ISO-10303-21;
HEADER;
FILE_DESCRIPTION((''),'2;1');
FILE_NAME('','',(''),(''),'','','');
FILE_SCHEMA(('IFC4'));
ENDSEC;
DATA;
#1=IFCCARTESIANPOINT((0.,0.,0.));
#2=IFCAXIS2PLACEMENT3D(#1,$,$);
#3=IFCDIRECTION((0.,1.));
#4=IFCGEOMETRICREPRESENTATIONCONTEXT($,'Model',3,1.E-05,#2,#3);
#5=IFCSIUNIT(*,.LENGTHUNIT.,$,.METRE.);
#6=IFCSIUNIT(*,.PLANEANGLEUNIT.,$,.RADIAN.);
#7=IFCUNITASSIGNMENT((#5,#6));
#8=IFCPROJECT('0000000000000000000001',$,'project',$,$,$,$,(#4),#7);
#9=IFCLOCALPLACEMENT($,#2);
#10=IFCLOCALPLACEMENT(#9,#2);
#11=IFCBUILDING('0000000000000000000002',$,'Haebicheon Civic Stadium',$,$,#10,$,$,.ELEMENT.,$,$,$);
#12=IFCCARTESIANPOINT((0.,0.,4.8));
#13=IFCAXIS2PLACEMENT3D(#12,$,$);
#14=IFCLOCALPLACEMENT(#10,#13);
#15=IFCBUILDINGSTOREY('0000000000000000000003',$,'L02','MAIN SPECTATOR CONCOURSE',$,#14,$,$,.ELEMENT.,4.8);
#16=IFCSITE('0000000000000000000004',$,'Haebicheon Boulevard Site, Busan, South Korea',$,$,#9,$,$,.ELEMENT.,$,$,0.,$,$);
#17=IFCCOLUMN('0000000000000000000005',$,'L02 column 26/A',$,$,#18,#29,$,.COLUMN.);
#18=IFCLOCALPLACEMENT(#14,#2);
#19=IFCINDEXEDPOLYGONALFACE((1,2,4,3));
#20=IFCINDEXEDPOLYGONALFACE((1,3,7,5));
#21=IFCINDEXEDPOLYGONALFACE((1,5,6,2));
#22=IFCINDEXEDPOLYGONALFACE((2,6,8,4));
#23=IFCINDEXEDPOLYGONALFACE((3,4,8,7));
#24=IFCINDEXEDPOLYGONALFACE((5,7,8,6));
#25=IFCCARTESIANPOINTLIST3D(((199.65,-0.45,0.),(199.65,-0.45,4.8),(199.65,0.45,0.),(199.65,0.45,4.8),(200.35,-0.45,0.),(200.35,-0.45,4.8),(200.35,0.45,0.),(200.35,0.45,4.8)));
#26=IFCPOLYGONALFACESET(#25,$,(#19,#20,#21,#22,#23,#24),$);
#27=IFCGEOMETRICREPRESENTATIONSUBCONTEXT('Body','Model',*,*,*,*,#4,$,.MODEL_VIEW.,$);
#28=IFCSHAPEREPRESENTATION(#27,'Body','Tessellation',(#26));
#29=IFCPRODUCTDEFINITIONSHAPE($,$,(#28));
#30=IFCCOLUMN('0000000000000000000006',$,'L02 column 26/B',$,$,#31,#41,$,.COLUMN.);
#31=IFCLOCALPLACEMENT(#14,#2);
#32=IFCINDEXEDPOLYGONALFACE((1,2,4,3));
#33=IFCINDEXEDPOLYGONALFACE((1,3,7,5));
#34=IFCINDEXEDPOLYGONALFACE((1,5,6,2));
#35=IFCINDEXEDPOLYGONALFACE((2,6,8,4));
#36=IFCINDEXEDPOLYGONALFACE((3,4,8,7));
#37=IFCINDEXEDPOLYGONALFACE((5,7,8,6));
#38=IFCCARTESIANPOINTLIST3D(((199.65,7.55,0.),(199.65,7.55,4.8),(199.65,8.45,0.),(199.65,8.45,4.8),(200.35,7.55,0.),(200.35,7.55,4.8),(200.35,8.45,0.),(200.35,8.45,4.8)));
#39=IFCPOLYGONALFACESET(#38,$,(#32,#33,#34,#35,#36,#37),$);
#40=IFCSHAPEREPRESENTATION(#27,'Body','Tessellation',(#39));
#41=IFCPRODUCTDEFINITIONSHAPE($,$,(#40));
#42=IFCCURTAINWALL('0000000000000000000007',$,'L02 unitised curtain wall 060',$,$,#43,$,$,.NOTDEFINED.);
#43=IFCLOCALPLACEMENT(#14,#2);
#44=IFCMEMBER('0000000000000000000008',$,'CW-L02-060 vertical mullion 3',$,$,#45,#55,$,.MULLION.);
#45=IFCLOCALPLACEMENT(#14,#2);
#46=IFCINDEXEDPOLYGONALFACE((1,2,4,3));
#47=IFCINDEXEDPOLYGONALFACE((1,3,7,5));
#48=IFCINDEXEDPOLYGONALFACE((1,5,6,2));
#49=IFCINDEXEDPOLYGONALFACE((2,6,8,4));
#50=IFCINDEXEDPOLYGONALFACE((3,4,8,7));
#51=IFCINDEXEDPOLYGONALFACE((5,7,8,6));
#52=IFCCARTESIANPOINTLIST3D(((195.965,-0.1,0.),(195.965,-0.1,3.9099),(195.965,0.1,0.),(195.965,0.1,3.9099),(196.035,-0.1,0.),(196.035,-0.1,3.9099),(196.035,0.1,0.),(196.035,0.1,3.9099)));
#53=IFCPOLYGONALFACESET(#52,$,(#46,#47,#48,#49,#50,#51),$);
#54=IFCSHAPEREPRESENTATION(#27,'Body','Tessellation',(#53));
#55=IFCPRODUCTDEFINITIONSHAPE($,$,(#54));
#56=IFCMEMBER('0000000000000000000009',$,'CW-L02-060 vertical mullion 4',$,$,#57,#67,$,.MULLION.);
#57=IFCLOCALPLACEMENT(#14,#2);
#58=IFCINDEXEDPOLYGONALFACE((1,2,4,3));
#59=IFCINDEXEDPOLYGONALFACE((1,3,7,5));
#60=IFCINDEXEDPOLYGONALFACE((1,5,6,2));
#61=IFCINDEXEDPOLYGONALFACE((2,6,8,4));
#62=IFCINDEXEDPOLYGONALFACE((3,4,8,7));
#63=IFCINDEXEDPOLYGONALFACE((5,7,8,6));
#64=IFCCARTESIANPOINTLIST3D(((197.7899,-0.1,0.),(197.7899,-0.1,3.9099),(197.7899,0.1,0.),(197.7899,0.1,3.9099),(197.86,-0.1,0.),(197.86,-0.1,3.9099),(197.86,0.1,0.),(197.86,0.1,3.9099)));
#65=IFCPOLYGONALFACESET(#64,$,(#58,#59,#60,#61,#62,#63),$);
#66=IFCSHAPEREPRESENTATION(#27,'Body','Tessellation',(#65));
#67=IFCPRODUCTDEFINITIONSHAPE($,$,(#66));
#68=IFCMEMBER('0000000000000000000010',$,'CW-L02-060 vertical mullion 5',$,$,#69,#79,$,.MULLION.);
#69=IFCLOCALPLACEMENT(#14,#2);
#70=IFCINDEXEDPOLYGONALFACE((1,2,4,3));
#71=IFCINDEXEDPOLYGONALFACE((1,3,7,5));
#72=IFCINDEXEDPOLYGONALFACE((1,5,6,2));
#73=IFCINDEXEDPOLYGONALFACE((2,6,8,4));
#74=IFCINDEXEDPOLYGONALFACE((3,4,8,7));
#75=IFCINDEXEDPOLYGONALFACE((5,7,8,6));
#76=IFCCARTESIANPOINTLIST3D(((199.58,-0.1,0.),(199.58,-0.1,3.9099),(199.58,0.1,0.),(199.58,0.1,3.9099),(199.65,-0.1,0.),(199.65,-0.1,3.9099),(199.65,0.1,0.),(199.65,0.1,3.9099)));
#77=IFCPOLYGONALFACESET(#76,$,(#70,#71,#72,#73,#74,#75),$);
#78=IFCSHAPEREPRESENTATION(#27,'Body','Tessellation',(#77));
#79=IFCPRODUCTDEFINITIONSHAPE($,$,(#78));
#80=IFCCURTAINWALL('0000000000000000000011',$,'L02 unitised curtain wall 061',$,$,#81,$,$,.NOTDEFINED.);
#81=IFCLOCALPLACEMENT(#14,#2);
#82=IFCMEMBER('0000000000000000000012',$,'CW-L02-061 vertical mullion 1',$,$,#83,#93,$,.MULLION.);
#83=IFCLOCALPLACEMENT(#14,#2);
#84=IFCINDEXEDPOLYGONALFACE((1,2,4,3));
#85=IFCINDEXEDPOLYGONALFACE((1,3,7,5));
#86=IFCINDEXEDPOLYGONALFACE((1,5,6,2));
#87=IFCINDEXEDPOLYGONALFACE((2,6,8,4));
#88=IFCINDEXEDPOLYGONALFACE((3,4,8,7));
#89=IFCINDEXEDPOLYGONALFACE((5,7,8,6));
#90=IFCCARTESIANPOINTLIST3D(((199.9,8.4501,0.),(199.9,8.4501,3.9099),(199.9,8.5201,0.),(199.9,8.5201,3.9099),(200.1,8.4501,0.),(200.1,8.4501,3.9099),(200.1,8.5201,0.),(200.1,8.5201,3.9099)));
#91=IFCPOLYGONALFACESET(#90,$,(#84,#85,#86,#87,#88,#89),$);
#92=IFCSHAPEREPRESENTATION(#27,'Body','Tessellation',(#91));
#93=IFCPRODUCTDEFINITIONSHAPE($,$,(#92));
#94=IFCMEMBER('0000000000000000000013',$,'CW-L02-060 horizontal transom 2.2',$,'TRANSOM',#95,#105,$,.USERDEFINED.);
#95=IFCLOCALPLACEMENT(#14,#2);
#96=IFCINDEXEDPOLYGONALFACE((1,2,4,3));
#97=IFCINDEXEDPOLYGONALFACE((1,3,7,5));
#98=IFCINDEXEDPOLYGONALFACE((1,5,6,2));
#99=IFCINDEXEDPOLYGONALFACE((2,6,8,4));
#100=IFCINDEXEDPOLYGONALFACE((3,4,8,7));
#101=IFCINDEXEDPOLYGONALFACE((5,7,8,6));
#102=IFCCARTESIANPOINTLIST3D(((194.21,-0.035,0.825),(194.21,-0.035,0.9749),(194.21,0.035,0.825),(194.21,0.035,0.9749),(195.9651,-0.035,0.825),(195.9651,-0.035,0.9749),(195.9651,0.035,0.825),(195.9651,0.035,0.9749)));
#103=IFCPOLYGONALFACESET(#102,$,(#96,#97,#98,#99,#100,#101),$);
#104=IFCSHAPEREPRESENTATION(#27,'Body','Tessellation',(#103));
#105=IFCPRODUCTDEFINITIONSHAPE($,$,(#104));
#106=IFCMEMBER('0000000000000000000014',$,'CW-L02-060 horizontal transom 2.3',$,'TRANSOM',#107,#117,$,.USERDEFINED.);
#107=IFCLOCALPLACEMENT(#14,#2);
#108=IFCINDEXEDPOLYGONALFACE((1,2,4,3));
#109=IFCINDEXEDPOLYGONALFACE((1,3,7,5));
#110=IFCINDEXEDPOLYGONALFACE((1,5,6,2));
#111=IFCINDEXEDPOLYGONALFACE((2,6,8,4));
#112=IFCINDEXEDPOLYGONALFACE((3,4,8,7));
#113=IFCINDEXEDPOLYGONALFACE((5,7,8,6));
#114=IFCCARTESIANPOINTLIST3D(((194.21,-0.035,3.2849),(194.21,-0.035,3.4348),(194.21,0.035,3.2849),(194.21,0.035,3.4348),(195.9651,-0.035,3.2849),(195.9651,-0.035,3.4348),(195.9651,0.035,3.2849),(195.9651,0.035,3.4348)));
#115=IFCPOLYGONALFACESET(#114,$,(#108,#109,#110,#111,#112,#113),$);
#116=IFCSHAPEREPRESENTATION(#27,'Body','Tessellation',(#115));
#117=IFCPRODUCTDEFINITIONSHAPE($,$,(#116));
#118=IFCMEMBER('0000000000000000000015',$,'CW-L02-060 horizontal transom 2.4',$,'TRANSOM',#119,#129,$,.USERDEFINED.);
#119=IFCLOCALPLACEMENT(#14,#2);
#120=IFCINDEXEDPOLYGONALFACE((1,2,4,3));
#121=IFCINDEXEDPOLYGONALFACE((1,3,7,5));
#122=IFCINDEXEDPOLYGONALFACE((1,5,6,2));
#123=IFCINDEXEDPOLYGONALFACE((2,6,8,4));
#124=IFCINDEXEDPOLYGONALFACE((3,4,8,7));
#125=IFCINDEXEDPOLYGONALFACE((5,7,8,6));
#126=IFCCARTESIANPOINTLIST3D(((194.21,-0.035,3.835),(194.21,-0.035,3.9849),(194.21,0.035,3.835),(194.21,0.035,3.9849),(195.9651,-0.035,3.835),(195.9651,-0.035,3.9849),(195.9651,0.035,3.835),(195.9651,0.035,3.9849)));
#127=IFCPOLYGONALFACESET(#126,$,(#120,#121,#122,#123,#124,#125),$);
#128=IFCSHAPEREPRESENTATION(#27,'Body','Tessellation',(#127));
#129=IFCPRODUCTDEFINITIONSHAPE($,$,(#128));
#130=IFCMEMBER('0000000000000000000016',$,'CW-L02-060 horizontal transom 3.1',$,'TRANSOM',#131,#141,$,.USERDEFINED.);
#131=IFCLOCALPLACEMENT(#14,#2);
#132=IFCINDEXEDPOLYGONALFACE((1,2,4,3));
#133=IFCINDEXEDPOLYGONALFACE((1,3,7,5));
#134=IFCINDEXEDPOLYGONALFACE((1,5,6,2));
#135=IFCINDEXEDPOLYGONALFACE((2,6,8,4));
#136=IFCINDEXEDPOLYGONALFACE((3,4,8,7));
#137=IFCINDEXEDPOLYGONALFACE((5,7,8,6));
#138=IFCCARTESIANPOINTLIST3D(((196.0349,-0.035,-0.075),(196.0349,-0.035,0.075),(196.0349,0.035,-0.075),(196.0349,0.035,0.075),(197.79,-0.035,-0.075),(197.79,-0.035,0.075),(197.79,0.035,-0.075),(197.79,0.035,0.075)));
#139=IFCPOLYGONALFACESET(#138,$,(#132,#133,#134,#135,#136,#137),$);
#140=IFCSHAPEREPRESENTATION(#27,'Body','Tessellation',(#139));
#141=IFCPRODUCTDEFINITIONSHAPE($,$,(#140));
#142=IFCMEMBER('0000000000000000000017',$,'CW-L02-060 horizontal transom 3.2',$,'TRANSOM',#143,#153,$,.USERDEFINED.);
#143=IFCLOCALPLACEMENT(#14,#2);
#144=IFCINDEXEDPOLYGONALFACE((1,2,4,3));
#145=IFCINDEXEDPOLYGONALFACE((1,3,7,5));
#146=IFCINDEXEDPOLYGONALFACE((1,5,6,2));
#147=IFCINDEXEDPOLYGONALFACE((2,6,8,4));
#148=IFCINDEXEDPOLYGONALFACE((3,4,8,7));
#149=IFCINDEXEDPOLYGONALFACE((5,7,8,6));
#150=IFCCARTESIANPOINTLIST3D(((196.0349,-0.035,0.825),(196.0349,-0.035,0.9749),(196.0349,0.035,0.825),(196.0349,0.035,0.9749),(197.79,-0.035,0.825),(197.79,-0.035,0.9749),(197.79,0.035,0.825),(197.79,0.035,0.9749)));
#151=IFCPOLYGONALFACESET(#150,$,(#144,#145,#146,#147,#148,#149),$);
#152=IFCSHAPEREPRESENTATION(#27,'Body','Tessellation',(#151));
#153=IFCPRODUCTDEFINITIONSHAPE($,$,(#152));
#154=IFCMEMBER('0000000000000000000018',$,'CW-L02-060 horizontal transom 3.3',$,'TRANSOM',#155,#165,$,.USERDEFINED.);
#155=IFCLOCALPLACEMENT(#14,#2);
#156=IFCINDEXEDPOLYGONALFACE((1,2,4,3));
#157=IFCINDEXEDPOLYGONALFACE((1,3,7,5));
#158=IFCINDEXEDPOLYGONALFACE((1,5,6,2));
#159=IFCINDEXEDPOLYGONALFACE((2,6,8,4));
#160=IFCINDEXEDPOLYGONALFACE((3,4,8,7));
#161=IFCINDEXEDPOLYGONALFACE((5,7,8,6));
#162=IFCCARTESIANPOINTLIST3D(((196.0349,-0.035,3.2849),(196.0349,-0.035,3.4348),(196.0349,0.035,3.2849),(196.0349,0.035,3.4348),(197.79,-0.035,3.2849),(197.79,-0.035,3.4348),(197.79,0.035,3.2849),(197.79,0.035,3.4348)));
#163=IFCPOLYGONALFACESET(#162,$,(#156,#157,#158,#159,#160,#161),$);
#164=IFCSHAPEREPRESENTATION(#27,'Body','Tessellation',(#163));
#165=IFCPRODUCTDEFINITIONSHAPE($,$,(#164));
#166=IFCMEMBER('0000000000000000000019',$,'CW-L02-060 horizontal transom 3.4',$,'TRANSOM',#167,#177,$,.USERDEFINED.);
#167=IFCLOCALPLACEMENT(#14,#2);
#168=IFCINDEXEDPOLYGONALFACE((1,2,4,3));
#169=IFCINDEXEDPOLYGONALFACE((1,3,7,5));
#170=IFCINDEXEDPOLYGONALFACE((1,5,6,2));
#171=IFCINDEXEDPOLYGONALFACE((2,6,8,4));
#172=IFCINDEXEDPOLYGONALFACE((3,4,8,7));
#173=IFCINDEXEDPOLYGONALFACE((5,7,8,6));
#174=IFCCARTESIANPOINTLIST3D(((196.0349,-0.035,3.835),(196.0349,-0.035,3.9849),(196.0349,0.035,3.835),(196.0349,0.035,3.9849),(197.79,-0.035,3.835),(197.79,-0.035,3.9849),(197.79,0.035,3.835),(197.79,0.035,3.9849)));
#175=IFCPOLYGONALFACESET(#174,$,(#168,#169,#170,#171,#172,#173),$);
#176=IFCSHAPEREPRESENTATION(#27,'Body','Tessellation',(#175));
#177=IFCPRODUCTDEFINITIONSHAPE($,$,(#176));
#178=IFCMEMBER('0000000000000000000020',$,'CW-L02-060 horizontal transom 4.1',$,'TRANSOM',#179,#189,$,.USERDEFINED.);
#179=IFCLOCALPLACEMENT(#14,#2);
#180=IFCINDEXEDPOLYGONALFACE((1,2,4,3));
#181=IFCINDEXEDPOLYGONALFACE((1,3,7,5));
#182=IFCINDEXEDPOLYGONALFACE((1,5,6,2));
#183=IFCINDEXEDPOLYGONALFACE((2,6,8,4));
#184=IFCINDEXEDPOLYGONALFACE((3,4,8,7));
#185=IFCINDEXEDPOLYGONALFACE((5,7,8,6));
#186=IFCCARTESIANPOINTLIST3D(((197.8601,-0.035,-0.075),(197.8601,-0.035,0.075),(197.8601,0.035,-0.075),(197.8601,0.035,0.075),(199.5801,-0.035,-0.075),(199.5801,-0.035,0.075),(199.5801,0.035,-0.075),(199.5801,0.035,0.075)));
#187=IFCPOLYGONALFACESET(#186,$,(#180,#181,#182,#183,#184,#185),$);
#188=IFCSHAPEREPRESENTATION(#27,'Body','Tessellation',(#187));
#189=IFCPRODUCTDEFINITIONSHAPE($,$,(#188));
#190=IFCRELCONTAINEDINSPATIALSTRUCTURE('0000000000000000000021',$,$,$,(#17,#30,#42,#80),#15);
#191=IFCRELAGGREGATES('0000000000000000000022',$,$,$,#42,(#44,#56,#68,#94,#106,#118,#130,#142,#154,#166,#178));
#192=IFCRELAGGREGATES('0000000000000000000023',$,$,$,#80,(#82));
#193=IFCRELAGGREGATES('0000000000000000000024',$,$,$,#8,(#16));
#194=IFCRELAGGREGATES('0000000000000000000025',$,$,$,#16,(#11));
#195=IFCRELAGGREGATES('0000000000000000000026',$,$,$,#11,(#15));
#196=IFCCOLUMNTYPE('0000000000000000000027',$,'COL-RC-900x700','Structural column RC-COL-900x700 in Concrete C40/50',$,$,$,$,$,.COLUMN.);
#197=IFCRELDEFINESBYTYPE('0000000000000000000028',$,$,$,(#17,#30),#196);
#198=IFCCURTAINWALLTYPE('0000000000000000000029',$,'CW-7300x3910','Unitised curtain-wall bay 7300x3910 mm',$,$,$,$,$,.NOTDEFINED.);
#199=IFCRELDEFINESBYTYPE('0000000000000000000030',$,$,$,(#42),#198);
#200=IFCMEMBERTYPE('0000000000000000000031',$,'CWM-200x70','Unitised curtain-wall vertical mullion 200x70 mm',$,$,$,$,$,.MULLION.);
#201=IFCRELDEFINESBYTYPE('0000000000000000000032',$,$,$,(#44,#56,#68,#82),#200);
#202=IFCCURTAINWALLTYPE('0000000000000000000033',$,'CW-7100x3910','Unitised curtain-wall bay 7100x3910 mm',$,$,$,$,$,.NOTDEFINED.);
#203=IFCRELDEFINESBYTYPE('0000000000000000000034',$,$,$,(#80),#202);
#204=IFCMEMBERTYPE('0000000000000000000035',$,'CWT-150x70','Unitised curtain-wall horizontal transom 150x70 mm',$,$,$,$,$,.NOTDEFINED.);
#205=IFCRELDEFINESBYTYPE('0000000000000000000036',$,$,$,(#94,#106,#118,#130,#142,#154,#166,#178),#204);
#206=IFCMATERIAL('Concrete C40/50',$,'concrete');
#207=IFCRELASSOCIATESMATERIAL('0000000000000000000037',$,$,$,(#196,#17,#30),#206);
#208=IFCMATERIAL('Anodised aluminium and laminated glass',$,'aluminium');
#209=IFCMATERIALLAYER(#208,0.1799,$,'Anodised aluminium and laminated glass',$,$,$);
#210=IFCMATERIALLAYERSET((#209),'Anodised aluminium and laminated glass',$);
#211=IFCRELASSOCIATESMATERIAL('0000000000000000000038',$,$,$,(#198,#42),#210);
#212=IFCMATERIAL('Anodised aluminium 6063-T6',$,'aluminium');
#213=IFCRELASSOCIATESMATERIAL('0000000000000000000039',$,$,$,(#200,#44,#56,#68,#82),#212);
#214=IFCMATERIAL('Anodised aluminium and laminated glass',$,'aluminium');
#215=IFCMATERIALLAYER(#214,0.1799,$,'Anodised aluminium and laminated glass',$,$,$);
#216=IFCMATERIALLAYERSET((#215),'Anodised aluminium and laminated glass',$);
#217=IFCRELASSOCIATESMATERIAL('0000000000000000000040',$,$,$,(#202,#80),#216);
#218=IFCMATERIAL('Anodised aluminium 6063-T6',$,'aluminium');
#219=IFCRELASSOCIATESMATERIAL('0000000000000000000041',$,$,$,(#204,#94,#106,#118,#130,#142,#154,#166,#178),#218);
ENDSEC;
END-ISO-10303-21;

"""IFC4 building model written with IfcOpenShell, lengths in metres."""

from ifc_helpers import new_model, si_unit, direction, frame, origin, origin_2d, place, context, subcontext, project, spatial, rectangle, extrude, material, layer, layer_set, material_profile, profile_set, type_object, element, aggregate, save


model = new_model("IFC4")

# Units and contexts
model_context = context("Model", 3, precision=1e-05, world=origin(), true_north=direction((0.0, 1.0)))
body_context = subcontext(model_context, "Body", "Model", "MODEL_VIEW")
ifc_project = project(units=[si_unit("LENGTHUNIT", "METRE"), si_unit("PLANEANGLEUNIT", "RADIAN")], contexts=[model_context])

# Site, building, storey
site_placement = place(None, origin())
site = spatial("IfcSite", under=ifc_project, at=site_placement, Name="Haebicheon Boulevard Site, Busan, South Korea", CompositionType="ELEMENT", RefElevation=0.0)
building_placement = place(site_placement, origin())
building = spatial("IfcBuilding", under=site, at=building_placement, Name="Haebicheon Civic Stadium", CompositionType="ELEMENT")
storey_placement = place(building_placement, frame((0.0, 0.0, 4.8)))
storey = spatial("IfcBuildingStorey", under=building, at=storey_placement, Name="L02", Description="MAIN SPECTATOR CONCOURSE", CompositionType="ELEMENT", Elevation=4.8)

# Columns
ifc_material_1 = material(Name="Concrete C40/50", Category="concrete")
ifc_material_profile_1 = material_profile(ifc_material_1, rectangle(XDim=0.7, YDim=0.8999, at=origin_2d()), Name="RC-COL-900x700")
ifc_profile_set_1 = profile_set([ifc_material_profile_1], Name="Concrete C40/50")
column_type = type_object("IfcColumnType", Name="COL-RC-900x700", Description="Structural column RC-COL-900x700 in Concrete C40/50", PredefinedType="COLUMN", material=ifc_profile_set_1)
for number, where, z_axis, x_axis, name in (
    (1, (200.0, 0.0, 0.0), (0.0, 0.0, 1.0), (1.0, 0.0, 0.0), "L02 column 26/A"),
    (2, (200.0, 8.0, 0.0), (0.0, 0.0, 1.0), (1.0, 0.0, 0.0), "L02 column 26/B"),
):
    element("IfcColumn", number, at=place(storey_placement, frame(where, z_axis=z_axis, x_axis=x_axis)), inside=storey, type_object=column_type, material=ifc_profile_set_1, Name=name, PredefinedType="COLUMN", context=body_context, shape_type="SweptSolid", body=[
        extrude(rectangle(XDim=0.7, YDim=0.8999, at=origin_2d()), origin(), (0.0, 0.0, 1.0), 4.8),
    ])

# Curtain wall, members
ifc_material_2 = material(Name="Anodised aluminium and laminated glass", Category="aluminium")
ifc_layer_1 = layer(ifc_material_2, 0.1799, Name="Anodised aluminium and laminated glass")
ifc_layer_set_1 = layer_set([ifc_layer_1], Name="Anodised aluminium and laminated glass")
curtain_wall_type_1 = type_object("IfcCurtainWallType", Name="CW-7300x3910", Description="Unitised curtain-wall bay 7300x3910 mm", PredefinedType="NOTDEFINED", material=ifc_layer_set_1)
curtain_wall_1_placement = place(storey_placement, origin())
curtain_wall_1 = element("IfcCurtainWall", 3, at=curtain_wall_1_placement, inside=storey, type_object=curtain_wall_type_1, material=ifc_layer_set_1, Name="L02 unitised curtain wall 060", PredefinedType="NOTDEFINED")
ifc_material_3 = material(Name="Anodised aluminium 6063-T6", Category="aluminium")
ifc_material_profile_2 = material_profile(ifc_material_3, rectangle(XDim=0.0701, YDim=0.2, at=origin_2d()), Name="ALU-MULL-70x200")
ifc_profile_set_2 = profile_set([ifc_material_profile_2], Name="Anodised aluminium 6063-T6")
member_type_1 = type_object("IfcMemberType", Name="CWM-200x70", Description="Unitised curtain-wall vertical mullion 200x70 mm", PredefinedType="MULLION", material=ifc_profile_set_2)
member_1_placement = place(storey_placement, frame((196.0, 0.0, 0.0), z_axis=(0.0, 0.0, 1.0), x_axis=(1.0, 0.0, 0.0)))
member_1 = element("IfcMember", 4, at=member_1_placement, type_object=member_type_1, material=ifc_profile_set_2, Name="CW-L02-060 vertical mullion 3", PredefinedType="MULLION", context=body_context, shape_type="SweptSolid", body=[
    extrude(rectangle(XDim=0.0701, YDim=0.2, at=origin_2d()), origin(), (0.0, 0.0, 1.0), 3.9099),
])
member_2_placement = place(storey_placement, frame((197.825, 0.0, 0.0), z_axis=(0.0, 0.0, 1.0), x_axis=(1.0, 0.0, 0.0)))
member_2 = element("IfcMember", 5, at=member_2_placement, type_object=member_type_1, material=ifc_profile_set_2, Name="CW-L02-060 vertical mullion 4", PredefinedType="MULLION", context=body_context, shape_type="SweptSolid", body=[
    extrude(rectangle(XDim=0.0701, YDim=0.2, at=origin_2d()), origin(), (0.0, 0.0, 1.0), 3.9099),
])
member_3_placement = place(storey_placement, frame((199.615, 0.0, 0.0), z_axis=(0.0, 0.0, 1.0), x_axis=(1.0, 0.0, 0.0)))
member_3 = element("IfcMember", 6, at=member_3_placement, type_object=member_type_1, material=ifc_profile_set_2, Name="CW-L02-060 vertical mullion 5", PredefinedType="MULLION", context=body_context, shape_type="SweptSolid", body=[
    extrude(rectangle(XDim=0.0701, YDim=0.2, at=origin_2d()), origin(), (0.0, 0.0, 1.0), 3.9099),
])

# Curtain wall, member
ifc_material_4 = material(Name="Anodised aluminium and laminated glass", Category="aluminium")
ifc_layer_2 = layer(ifc_material_4, 0.1799, Name="Anodised aluminium and laminated glass")
ifc_layer_set_2 = layer_set([ifc_layer_2], Name="Anodised aluminium and laminated glass")
curtain_wall_type_2 = type_object("IfcCurtainWallType", Name="CW-7100x3910", Description="Unitised curtain-wall bay 7100x3910 mm", PredefinedType="NOTDEFINED", material=ifc_layer_set_2)
curtain_wall_2_placement = place(storey_placement, origin())
curtain_wall_2 = element("IfcCurtainWall", 7, at=curtain_wall_2_placement, inside=storey, type_object=curtain_wall_type_2, material=ifc_layer_set_2, Name="L02 unitised curtain wall 061", PredefinedType="NOTDEFINED")
member_4_placement = place(storey_placement, frame((200.0, 8.4851, 0.0), z_axis=(0.0, 0.0, 1.0), x_axis=(0.0, 1.0, 0.0)))
member_4 = element("IfcMember", 8, at=member_4_placement, type_object=member_type_1, material=ifc_profile_set_2, Name="CW-L02-061 vertical mullion 1", PredefinedType="MULLION", context=body_context, shape_type="SweptSolid", body=[
    extrude(rectangle(XDim=0.0701, YDim=0.2, at=origin_2d()), origin(), (0.0, 0.0, 1.0), 3.9099),
])

# Members
ifc_material_5 = material(Name="Anodised aluminium 6063-T6", Category="aluminium")
ifc_material_profile_3 = material_profile(ifc_material_5, rectangle(XDim=0.0701, YDim=0.1499, at=origin_2d()), Name="ALU-TRAN-70x150")
ifc_profile_set_3 = profile_set([ifc_material_profile_3], Name="Anodised aluminium 6063-T6")
member_type_2 = type_object("IfcMemberType", Name="CWT-150x70", Description="Unitised curtain-wall horizontal transom 150x70 mm", PredefinedType="NOTDEFINED", material=ifc_profile_set_3)
member_5_placement = place(storey_placement, frame((194.21, 0.0, 0.8999), z_axis=(1.0, 0.0, 0.0), x_axis=(0.0, 1.0, 0.0)))
member_5 = element("IfcMember", 9, at=member_5_placement, type_object=member_type_2, material=ifc_profile_set_3, Name="CW-L02-060 horizontal transom 2.2", ObjectType="TRANSOM", PredefinedType="USERDEFINED", context=body_context, shape_type="SweptSolid", body=[
    extrude(rectangle(XDim=0.0701, YDim=0.1499, at=origin_2d()), origin(), (0.0, 0.0, 1.0), 1.7551),
])
member_6_placement = place(storey_placement, frame((194.21, 0.0, 3.3599), z_axis=(1.0, 0.0, 0.0), x_axis=(0.0, 1.0, 0.0)))
member_6 = element("IfcMember", 10, at=member_6_placement, type_object=member_type_2, material=ifc_profile_set_3, Name="CW-L02-060 horizontal transom 2.3", ObjectType="TRANSOM", PredefinedType="USERDEFINED", context=body_context, shape_type="SweptSolid", body=[
    extrude(rectangle(XDim=0.0701, YDim=0.1499, at=origin_2d()), origin(), (0.0, 0.0, 1.0), 1.7551),
])
member_7_placement = place(storey_placement, frame((194.21, 0.0, 3.9099), z_axis=(1.0, 0.0, 0.0), x_axis=(0.0, 1.0, 0.0)))
member_7 = element("IfcMember", 11, at=member_7_placement, type_object=member_type_2, material=ifc_profile_set_3, Name="CW-L02-060 horizontal transom 2.4", ObjectType="TRANSOM", PredefinedType="USERDEFINED", context=body_context, shape_type="SweptSolid", body=[
    extrude(rectangle(XDim=0.0701, YDim=0.1499, at=origin_2d()), origin(), (0.0, 0.0, 1.0), 1.7551),
])
member_8_placement = place(storey_placement, frame((196.0349, 0.0, 0.0), z_axis=(1.0, 0.0, 0.0), x_axis=(0.0, 1.0, 0.0)))
member_8 = element("IfcMember", 12, at=member_8_placement, type_object=member_type_2, material=ifc_profile_set_3, Name="CW-L02-060 horizontal transom 3.1", ObjectType="TRANSOM", PredefinedType="USERDEFINED", context=body_context, shape_type="SweptSolid", body=[
    extrude(rectangle(XDim=0.0701, YDim=0.1499, at=origin_2d()), origin(), (0.0, 0.0, 1.0), 1.7551),
])
member_9_placement = place(storey_placement, frame((196.0349, 0.0, 0.8999), z_axis=(1.0, 0.0, 0.0), x_axis=(0.0, 1.0, 0.0)))
member_9 = element("IfcMember", 13, at=member_9_placement, type_object=member_type_2, material=ifc_profile_set_3, Name="CW-L02-060 horizontal transom 3.2", ObjectType="TRANSOM", PredefinedType="USERDEFINED", context=body_context, shape_type="SweptSolid", body=[
    extrude(rectangle(XDim=0.0701, YDim=0.1499, at=origin_2d()), origin(), (0.0, 0.0, 1.0), 1.7551),
])
member_10_placement = place(storey_placement, frame((196.0349, 0.0, 3.3599), z_axis=(1.0, 0.0, 0.0), x_axis=(0.0, 1.0, 0.0)))
member_10 = element("IfcMember", 14, at=member_10_placement, type_object=member_type_2, material=ifc_profile_set_3, Name="CW-L02-060 horizontal transom 3.3", ObjectType="TRANSOM", PredefinedType="USERDEFINED", context=body_context, shape_type="SweptSolid", body=[
    extrude(rectangle(XDim=0.0701, YDim=0.1499, at=origin_2d()), origin(), (0.0, 0.0, 1.0), 1.7551),
])
member_11_placement = place(storey_placement, frame((196.0349, 0.0, 3.9099), z_axis=(1.0, 0.0, 0.0), x_axis=(0.0, 1.0, 0.0)))
member_11 = element("IfcMember", 15, at=member_11_placement, type_object=member_type_2, material=ifc_profile_set_3, Name="CW-L02-060 horizontal transom 3.4", ObjectType="TRANSOM", PredefinedType="USERDEFINED", context=body_context, shape_type="SweptSolid", body=[
    extrude(rectangle(XDim=0.0701, YDim=0.1499, at=origin_2d()), origin(), (0.0, 0.0, 1.0), 1.7551),
])
member_12_placement = place(storey_placement, frame((197.8601, 0.0, 0.0), z_axis=(1.0, 0.0, 0.0), x_axis=(0.0, 1.0, 0.0)))
member_12 = element("IfcMember", 16, at=member_12_placement, type_object=member_type_2, material=ifc_profile_set_3, Name="CW-L02-060 horizontal transom 4.1", ObjectType="TRANSOM", PredefinedType="USERDEFINED", context=body_context, shape_type="SweptSolid", body=[
    extrude(rectangle(XDim=0.0701, YDim=0.1499, at=origin_2d()), origin(), (0.0, 0.0, 1.0), 1.72),
])

aggregate(curtain_wall_1, [member_1, member_2, member_3, member_5, member_6, member_7, member_8, member_9, member_10, member_11, member_12])
aggregate(curtain_wall_2, [member_4])

save(model, "model.ifc")
